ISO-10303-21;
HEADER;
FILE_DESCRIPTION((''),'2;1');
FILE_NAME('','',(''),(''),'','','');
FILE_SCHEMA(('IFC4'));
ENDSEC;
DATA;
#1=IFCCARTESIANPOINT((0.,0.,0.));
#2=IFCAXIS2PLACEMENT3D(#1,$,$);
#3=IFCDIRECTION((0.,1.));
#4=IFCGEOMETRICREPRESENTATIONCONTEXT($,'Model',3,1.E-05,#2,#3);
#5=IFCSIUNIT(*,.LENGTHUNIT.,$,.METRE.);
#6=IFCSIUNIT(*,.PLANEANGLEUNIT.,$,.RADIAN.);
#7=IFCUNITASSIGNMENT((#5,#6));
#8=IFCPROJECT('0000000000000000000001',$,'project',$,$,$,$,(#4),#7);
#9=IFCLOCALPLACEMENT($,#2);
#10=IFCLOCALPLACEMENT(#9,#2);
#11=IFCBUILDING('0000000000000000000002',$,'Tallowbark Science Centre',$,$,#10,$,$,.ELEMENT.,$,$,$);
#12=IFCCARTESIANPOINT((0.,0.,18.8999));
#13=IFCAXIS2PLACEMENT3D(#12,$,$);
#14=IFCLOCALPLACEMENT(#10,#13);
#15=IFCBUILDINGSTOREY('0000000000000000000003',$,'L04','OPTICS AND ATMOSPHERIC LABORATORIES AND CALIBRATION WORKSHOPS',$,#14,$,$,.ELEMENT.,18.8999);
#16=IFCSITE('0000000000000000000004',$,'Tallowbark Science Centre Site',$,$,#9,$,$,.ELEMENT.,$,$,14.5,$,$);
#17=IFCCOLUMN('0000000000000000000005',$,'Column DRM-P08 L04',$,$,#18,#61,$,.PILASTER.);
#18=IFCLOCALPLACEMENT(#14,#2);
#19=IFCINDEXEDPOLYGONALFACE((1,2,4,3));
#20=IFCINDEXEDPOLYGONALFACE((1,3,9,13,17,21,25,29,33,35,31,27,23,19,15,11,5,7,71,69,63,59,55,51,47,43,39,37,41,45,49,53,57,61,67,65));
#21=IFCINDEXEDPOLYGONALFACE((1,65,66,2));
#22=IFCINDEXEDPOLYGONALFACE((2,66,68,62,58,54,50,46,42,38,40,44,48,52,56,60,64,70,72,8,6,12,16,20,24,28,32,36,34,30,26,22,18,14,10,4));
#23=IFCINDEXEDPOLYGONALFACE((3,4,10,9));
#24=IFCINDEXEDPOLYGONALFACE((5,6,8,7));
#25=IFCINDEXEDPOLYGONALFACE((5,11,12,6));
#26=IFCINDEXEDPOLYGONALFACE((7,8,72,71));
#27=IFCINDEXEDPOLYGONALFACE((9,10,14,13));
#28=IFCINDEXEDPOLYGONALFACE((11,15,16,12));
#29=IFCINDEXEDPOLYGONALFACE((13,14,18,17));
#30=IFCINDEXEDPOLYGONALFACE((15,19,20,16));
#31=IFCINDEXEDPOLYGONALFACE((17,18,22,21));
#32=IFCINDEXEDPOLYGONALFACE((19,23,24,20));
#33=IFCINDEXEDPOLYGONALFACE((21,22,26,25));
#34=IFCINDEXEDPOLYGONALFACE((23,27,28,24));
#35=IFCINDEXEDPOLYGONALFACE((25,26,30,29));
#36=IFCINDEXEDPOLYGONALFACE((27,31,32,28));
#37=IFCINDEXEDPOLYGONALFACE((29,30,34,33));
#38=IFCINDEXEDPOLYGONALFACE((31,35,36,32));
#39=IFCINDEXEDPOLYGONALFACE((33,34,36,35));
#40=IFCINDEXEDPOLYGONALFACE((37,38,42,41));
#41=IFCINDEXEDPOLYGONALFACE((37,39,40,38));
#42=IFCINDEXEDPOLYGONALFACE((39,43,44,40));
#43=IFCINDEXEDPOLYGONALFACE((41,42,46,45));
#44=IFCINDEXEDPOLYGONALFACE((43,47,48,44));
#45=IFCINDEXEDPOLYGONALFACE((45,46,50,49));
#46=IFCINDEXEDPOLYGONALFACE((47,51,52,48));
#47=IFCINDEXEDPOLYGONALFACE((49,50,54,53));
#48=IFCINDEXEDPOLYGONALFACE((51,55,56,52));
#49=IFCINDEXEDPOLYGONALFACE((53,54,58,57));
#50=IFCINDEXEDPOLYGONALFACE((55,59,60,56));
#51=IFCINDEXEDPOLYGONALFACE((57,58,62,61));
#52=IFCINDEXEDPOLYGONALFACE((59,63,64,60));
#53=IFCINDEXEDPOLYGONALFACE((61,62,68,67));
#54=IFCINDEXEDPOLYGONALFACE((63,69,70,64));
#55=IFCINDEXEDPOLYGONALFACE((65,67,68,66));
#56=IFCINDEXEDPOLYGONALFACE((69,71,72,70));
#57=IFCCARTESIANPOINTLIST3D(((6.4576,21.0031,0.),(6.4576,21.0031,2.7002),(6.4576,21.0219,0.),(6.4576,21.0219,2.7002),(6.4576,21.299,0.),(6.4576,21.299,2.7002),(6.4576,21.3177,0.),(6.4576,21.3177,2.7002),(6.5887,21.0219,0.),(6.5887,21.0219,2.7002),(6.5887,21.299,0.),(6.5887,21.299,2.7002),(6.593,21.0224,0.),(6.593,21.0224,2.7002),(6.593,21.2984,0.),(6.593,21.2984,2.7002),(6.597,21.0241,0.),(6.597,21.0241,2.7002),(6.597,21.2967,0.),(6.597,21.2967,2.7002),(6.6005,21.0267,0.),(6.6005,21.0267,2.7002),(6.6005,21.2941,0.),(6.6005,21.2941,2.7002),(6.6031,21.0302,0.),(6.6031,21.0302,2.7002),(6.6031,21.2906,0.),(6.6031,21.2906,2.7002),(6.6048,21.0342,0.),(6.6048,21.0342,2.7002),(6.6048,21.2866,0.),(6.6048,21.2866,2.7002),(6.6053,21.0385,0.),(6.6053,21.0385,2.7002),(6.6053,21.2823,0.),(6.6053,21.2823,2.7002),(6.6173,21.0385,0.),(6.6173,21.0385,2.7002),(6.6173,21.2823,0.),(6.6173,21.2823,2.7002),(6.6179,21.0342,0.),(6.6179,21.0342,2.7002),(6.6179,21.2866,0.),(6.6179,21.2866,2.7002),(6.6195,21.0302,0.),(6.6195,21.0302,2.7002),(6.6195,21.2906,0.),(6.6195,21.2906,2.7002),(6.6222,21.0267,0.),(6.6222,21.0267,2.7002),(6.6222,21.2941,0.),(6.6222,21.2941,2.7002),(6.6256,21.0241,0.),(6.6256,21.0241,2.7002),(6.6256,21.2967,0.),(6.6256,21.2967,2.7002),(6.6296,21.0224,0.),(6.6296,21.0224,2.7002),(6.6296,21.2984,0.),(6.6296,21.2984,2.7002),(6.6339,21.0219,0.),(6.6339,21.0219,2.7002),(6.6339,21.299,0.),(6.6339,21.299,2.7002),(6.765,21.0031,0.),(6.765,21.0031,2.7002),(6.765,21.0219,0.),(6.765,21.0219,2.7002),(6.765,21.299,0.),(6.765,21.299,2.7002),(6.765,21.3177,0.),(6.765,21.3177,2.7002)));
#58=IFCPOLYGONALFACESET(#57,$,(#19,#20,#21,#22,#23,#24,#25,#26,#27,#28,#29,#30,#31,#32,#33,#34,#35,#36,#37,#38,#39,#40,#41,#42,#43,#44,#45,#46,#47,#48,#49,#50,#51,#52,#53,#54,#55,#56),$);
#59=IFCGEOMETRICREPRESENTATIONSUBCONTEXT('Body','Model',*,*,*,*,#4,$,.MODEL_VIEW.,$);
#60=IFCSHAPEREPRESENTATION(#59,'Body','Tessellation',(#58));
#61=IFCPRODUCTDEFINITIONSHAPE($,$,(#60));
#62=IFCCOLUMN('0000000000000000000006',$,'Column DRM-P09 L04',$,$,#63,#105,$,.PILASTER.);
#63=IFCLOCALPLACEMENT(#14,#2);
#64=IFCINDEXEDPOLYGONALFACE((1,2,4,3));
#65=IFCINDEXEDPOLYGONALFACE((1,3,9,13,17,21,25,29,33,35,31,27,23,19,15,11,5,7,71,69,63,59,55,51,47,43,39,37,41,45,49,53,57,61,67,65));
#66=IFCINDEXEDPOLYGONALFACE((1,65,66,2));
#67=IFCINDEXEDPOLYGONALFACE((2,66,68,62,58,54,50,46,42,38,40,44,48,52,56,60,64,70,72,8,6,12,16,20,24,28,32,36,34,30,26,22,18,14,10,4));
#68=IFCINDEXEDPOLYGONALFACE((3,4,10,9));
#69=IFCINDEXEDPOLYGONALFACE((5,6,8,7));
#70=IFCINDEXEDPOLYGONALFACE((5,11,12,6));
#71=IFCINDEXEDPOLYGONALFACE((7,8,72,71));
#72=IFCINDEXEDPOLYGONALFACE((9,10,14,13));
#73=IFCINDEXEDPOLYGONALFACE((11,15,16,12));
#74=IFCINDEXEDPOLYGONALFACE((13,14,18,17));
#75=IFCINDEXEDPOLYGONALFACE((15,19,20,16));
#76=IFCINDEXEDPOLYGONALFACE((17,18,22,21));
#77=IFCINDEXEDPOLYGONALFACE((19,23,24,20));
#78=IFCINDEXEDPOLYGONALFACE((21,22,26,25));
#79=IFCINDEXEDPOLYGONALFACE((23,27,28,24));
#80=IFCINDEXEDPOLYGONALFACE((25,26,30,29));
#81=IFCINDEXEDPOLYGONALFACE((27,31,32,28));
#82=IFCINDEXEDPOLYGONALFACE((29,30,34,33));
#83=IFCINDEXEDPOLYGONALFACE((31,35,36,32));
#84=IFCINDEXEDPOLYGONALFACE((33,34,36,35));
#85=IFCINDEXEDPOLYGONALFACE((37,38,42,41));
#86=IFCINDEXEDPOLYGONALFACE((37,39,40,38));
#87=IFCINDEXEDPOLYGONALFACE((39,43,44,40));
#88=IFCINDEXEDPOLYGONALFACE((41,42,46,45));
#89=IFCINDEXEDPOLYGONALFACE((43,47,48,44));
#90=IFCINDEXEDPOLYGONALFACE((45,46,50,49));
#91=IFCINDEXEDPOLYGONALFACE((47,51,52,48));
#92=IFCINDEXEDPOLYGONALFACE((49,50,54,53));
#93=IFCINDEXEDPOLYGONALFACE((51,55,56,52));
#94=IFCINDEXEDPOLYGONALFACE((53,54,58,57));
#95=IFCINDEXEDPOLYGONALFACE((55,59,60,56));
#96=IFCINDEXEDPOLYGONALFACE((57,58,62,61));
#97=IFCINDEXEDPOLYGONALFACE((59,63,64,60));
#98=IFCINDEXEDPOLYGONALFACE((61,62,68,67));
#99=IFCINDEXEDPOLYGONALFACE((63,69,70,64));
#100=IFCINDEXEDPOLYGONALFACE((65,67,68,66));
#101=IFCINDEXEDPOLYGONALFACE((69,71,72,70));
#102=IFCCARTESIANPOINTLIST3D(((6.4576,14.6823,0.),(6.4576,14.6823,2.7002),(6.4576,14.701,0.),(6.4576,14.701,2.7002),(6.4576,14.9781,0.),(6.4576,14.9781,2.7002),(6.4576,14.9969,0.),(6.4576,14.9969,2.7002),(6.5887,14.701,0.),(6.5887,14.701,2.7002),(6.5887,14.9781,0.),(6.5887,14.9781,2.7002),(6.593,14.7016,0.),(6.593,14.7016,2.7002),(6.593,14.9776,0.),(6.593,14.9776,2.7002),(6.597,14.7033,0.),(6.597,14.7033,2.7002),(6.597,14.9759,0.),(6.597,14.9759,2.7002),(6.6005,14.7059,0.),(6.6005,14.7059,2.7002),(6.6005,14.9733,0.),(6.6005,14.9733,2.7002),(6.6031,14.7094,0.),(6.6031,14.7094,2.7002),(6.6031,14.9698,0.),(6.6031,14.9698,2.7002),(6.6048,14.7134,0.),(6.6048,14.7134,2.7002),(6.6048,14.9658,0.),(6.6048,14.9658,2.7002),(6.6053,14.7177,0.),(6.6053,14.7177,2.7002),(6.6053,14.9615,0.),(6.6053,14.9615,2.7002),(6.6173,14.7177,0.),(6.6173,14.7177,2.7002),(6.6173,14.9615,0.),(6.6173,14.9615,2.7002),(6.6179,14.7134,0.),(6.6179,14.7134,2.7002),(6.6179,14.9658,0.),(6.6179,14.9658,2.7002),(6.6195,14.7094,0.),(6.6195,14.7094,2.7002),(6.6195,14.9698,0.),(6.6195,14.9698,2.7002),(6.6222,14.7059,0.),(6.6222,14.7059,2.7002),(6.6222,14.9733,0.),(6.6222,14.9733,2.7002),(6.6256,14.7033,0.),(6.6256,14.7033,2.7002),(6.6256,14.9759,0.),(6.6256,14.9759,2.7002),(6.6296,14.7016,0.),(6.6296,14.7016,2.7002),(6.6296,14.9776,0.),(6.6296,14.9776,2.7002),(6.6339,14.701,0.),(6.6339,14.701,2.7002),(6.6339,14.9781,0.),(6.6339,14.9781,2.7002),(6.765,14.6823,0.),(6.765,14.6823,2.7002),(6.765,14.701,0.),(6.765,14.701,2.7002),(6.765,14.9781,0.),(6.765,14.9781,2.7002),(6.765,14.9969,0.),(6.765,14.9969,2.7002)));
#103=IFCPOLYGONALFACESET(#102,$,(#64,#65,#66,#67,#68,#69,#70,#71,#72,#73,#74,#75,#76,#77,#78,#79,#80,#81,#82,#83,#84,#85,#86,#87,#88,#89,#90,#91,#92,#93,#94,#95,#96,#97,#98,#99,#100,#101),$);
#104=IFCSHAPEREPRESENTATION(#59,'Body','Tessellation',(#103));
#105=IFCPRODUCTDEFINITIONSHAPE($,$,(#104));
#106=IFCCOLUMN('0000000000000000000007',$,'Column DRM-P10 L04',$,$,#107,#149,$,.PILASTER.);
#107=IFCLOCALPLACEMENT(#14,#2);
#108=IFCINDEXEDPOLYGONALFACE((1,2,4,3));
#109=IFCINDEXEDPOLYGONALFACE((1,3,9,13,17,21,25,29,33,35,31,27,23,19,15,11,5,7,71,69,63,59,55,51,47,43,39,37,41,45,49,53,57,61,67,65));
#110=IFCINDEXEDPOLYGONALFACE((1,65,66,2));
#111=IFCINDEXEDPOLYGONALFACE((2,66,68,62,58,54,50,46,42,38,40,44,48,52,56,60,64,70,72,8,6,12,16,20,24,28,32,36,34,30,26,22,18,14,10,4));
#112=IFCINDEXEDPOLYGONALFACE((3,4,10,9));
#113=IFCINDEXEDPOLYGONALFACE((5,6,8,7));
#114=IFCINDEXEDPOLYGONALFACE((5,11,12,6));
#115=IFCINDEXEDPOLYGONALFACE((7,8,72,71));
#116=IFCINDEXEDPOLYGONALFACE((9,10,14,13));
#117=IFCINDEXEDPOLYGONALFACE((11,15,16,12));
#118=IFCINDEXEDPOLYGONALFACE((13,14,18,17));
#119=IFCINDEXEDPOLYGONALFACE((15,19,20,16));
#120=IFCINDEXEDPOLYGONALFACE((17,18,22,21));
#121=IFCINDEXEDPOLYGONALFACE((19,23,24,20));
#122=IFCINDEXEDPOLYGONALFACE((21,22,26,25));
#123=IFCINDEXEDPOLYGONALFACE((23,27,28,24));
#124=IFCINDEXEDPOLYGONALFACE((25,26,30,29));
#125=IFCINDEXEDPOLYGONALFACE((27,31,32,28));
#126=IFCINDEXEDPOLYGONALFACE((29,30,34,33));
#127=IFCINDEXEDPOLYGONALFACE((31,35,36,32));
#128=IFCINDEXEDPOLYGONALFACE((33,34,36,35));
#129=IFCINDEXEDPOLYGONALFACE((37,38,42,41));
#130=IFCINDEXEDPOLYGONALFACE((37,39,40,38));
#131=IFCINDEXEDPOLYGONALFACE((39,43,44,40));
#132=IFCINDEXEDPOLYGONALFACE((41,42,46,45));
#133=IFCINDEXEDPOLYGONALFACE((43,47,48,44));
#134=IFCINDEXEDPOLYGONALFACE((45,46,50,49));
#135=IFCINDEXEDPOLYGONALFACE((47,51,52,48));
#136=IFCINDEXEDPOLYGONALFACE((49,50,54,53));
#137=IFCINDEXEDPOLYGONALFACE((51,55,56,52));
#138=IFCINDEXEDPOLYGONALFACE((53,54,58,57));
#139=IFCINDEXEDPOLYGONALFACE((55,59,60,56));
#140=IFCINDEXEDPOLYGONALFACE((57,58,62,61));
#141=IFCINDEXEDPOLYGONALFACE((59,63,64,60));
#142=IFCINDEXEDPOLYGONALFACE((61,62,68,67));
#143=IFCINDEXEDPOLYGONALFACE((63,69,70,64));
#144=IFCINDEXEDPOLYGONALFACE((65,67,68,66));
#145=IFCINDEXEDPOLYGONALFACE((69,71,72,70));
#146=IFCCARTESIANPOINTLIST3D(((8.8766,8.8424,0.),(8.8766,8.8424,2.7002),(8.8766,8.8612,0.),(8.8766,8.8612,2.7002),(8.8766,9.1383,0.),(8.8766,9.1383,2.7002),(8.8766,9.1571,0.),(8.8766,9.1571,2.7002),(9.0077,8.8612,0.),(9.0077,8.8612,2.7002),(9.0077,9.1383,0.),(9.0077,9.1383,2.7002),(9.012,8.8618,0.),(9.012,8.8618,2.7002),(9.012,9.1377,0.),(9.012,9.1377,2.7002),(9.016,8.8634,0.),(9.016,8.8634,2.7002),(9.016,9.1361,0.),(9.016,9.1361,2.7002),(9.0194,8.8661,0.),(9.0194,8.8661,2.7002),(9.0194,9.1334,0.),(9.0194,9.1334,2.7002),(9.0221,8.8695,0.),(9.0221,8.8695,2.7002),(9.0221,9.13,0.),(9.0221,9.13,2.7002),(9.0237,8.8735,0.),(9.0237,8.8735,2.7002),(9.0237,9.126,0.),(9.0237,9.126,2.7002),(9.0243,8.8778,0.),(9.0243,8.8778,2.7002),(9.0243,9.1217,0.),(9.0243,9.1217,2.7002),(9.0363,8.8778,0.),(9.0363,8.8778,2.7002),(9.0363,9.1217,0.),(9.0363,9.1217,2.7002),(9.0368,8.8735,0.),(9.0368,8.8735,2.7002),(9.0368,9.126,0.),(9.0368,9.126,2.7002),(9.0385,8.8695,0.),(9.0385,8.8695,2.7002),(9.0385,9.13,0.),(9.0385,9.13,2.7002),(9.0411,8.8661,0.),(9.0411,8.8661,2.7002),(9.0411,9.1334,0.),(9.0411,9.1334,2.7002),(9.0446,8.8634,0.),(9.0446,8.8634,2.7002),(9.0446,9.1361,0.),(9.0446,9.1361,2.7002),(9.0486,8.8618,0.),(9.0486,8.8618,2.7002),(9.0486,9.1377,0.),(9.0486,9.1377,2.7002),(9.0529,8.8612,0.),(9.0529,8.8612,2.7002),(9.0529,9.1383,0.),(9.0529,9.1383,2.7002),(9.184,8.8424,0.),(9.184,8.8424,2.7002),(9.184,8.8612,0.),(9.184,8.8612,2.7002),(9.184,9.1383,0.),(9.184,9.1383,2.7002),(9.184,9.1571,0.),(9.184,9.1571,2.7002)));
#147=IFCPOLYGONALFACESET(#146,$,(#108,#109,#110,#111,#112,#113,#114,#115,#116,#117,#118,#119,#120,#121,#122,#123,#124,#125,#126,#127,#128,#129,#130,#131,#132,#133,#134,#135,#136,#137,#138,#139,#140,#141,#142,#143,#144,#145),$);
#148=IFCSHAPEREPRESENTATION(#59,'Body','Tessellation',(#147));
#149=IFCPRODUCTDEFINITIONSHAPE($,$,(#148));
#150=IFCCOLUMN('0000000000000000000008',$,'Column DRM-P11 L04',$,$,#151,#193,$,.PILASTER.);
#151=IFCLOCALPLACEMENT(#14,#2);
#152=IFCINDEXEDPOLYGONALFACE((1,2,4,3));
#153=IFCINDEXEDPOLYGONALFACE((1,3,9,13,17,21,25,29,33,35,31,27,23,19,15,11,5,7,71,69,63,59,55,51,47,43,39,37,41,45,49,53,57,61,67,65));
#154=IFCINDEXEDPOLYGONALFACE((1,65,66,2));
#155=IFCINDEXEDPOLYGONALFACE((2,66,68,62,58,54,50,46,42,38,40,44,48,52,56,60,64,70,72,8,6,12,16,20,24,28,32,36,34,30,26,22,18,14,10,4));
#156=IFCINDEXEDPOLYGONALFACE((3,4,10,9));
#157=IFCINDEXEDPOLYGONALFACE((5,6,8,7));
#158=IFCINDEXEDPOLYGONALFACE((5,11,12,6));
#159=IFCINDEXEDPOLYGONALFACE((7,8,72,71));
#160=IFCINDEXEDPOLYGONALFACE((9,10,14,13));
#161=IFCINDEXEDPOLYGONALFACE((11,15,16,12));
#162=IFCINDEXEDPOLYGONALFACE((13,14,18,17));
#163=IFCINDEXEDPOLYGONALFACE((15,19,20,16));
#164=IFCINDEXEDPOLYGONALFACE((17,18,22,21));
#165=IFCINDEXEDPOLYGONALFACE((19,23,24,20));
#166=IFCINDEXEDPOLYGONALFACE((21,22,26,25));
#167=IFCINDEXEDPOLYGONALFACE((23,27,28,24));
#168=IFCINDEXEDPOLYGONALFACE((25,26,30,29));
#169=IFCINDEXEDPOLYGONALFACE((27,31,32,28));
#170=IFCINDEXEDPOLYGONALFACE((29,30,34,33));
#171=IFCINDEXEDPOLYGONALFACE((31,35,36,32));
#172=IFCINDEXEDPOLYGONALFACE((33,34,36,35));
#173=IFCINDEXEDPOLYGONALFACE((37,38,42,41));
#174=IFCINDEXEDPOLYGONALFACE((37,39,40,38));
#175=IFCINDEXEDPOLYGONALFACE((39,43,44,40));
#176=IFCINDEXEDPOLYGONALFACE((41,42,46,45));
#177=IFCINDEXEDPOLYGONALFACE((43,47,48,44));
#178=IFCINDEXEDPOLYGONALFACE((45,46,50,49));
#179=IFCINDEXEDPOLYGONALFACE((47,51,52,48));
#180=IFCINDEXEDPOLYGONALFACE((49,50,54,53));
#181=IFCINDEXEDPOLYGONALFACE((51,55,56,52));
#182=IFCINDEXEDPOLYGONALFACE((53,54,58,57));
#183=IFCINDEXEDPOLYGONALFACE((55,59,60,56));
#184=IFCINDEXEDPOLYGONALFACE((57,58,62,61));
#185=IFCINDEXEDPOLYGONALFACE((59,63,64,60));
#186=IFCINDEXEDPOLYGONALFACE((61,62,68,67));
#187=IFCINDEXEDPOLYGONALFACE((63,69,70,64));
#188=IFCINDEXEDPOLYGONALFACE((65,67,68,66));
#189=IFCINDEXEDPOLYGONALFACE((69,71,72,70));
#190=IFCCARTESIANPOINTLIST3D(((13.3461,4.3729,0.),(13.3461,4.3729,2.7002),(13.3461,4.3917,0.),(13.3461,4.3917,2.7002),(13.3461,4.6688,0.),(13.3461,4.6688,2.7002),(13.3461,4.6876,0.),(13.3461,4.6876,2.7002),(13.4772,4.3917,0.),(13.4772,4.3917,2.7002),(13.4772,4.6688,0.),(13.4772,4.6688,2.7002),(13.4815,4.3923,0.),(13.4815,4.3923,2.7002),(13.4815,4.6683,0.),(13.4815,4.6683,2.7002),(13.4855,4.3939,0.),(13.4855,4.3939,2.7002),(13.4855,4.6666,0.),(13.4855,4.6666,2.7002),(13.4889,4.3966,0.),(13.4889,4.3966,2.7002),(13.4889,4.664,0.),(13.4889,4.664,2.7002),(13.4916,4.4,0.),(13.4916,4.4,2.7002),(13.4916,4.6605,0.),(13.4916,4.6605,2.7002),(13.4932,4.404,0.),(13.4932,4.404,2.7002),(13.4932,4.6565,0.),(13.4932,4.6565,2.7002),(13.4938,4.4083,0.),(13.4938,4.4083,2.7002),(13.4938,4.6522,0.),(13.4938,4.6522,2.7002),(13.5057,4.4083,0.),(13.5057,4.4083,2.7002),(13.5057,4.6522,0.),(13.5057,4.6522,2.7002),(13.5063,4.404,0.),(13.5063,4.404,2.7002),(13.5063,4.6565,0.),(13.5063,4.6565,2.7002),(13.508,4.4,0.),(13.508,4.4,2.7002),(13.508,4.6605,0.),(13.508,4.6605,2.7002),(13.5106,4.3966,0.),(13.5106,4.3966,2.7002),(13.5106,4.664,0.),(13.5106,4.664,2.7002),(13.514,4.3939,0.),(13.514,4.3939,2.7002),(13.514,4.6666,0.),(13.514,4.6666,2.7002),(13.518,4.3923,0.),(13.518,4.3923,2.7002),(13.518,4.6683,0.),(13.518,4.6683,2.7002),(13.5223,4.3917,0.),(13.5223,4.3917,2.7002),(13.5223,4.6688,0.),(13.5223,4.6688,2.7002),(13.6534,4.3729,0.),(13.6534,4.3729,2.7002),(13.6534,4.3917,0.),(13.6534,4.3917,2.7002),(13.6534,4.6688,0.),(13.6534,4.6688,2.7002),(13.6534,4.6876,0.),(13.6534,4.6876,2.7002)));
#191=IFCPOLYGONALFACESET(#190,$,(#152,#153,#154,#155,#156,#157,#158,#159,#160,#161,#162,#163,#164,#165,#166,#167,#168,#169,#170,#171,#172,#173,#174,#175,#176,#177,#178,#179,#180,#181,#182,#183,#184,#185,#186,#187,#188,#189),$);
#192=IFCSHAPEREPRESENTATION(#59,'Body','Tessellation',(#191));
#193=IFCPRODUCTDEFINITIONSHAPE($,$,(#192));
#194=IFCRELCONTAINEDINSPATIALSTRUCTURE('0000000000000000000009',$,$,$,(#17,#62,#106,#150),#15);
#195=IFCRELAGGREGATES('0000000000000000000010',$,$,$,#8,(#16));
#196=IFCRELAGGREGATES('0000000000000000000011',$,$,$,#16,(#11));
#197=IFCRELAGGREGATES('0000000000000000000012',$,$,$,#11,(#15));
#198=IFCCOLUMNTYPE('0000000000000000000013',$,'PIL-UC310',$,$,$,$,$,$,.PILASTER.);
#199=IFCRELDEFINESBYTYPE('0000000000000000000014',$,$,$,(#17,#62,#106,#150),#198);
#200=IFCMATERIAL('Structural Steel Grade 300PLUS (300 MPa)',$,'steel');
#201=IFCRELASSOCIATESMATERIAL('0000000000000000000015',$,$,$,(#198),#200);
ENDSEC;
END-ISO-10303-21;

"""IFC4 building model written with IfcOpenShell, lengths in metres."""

from ifc_helpers import new_model, si_unit, direction, frame, origin, origin_2d, place, context, subcontext, project, spatial, i_section, extrude, material, material_profile, profile_set, type_object, element, save


model = new_model("IFC4")

# Units and contexts
model_context = context("Model", 3, precision=1e-05, world=origin(), true_north=direction((0.0, 1.0)))
body_context = subcontext(model_context, "Body", "Model", "MODEL_VIEW")
ifc_project = project(units=[si_unit("LENGTHUNIT", "METRE"), si_unit("PLANEANGLEUNIT", "RADIAN")], contexts=[model_context])

# Site, building, storey
site_placement = place(None, origin())
site = spatial("IfcSite", under=ifc_project, at=site_placement, Name="Tallowbark Science Centre Site", CompositionType="ELEMENT", RefElevation=14.5)
building_placement = place(site_placement, origin())
building = spatial("IfcBuilding", under=site, at=building_placement, Name="Tallowbark Science Centre", CompositionType="ELEMENT")
storey_placement = place(building_placement, frame((0.0, 0.0, 18.8999)))
storey = spatial("IfcBuildingStorey", under=building, at=storey_placement, Name="L04", Description="OPTICS AND ATMOSPHERIC LABORATORIES AND CALIBRATION WORKSHOPS", CompositionType="ELEMENT", Elevation=18.8999)

# Columns
ifc_material_1 = material(Name="Structural Steel Grade 300PLUS (300 MPa)", Category="steel")
ifc_material_profile_1 = material_profile(ifc_material_1, i_section(OverallWidth=0.3074, OverallDepth=0.3147, WebThickness=0.012, FlangeThickness=0.0188, FilletRadius=0.0166, at=origin_2d()), Name="310UC118")
ifc_profile_set_1 = profile_set([ifc_material_profile_1], Name="Structural Steel Grade 300PLUS (300 MPa)")
column_type = type_object("IfcColumnType", Name="PIL-UC310", PredefinedType="PILASTER", material=ifc_profile_set_1)
for number, where, z_axis, x_axis, name in (
    (1, (6.6113, 21.1604, 0.0), (0.0, 0.0, 1.0), (1.0, 0.0, 0.0), "Column DRM-P08 L04"),
    (2, (6.6113, 14.8396, 0.0), (0.0, 0.0, 1.0), (1.0, 0.0, 0.0), "Column DRM-P09 L04"),
    (3, (9.0303, 8.9998, 0.0), (0.0, 0.0, 1.0), (1.0, 0.0, 0.0), "Column DRM-P10 L04"),
    (4, (13.4998, 4.5303, 0.0), (0.0, 0.0, 1.0), (1.0, 0.0, 0.0), "Column DRM-P11 L04"),
):
    element("IfcColumn", number, at=place(storey_placement, frame(where, z_axis=z_axis, x_axis=x_axis)), inside=storey, type_object=column_type, Name=name, PredefinedType="PILASTER", context=body_context, shape_type="SweptSolid", body=[
        extrude(i_section(OverallWidth=0.3074, OverallDepth=0.3147, WebThickness=0.012, FlangeThickness=0.0188, FilletRadius=0.0166, at=origin_2d()), origin(), (0.0, 0.0, 1.0), 2.7002),
    ])

save(model, "model.ifc")
